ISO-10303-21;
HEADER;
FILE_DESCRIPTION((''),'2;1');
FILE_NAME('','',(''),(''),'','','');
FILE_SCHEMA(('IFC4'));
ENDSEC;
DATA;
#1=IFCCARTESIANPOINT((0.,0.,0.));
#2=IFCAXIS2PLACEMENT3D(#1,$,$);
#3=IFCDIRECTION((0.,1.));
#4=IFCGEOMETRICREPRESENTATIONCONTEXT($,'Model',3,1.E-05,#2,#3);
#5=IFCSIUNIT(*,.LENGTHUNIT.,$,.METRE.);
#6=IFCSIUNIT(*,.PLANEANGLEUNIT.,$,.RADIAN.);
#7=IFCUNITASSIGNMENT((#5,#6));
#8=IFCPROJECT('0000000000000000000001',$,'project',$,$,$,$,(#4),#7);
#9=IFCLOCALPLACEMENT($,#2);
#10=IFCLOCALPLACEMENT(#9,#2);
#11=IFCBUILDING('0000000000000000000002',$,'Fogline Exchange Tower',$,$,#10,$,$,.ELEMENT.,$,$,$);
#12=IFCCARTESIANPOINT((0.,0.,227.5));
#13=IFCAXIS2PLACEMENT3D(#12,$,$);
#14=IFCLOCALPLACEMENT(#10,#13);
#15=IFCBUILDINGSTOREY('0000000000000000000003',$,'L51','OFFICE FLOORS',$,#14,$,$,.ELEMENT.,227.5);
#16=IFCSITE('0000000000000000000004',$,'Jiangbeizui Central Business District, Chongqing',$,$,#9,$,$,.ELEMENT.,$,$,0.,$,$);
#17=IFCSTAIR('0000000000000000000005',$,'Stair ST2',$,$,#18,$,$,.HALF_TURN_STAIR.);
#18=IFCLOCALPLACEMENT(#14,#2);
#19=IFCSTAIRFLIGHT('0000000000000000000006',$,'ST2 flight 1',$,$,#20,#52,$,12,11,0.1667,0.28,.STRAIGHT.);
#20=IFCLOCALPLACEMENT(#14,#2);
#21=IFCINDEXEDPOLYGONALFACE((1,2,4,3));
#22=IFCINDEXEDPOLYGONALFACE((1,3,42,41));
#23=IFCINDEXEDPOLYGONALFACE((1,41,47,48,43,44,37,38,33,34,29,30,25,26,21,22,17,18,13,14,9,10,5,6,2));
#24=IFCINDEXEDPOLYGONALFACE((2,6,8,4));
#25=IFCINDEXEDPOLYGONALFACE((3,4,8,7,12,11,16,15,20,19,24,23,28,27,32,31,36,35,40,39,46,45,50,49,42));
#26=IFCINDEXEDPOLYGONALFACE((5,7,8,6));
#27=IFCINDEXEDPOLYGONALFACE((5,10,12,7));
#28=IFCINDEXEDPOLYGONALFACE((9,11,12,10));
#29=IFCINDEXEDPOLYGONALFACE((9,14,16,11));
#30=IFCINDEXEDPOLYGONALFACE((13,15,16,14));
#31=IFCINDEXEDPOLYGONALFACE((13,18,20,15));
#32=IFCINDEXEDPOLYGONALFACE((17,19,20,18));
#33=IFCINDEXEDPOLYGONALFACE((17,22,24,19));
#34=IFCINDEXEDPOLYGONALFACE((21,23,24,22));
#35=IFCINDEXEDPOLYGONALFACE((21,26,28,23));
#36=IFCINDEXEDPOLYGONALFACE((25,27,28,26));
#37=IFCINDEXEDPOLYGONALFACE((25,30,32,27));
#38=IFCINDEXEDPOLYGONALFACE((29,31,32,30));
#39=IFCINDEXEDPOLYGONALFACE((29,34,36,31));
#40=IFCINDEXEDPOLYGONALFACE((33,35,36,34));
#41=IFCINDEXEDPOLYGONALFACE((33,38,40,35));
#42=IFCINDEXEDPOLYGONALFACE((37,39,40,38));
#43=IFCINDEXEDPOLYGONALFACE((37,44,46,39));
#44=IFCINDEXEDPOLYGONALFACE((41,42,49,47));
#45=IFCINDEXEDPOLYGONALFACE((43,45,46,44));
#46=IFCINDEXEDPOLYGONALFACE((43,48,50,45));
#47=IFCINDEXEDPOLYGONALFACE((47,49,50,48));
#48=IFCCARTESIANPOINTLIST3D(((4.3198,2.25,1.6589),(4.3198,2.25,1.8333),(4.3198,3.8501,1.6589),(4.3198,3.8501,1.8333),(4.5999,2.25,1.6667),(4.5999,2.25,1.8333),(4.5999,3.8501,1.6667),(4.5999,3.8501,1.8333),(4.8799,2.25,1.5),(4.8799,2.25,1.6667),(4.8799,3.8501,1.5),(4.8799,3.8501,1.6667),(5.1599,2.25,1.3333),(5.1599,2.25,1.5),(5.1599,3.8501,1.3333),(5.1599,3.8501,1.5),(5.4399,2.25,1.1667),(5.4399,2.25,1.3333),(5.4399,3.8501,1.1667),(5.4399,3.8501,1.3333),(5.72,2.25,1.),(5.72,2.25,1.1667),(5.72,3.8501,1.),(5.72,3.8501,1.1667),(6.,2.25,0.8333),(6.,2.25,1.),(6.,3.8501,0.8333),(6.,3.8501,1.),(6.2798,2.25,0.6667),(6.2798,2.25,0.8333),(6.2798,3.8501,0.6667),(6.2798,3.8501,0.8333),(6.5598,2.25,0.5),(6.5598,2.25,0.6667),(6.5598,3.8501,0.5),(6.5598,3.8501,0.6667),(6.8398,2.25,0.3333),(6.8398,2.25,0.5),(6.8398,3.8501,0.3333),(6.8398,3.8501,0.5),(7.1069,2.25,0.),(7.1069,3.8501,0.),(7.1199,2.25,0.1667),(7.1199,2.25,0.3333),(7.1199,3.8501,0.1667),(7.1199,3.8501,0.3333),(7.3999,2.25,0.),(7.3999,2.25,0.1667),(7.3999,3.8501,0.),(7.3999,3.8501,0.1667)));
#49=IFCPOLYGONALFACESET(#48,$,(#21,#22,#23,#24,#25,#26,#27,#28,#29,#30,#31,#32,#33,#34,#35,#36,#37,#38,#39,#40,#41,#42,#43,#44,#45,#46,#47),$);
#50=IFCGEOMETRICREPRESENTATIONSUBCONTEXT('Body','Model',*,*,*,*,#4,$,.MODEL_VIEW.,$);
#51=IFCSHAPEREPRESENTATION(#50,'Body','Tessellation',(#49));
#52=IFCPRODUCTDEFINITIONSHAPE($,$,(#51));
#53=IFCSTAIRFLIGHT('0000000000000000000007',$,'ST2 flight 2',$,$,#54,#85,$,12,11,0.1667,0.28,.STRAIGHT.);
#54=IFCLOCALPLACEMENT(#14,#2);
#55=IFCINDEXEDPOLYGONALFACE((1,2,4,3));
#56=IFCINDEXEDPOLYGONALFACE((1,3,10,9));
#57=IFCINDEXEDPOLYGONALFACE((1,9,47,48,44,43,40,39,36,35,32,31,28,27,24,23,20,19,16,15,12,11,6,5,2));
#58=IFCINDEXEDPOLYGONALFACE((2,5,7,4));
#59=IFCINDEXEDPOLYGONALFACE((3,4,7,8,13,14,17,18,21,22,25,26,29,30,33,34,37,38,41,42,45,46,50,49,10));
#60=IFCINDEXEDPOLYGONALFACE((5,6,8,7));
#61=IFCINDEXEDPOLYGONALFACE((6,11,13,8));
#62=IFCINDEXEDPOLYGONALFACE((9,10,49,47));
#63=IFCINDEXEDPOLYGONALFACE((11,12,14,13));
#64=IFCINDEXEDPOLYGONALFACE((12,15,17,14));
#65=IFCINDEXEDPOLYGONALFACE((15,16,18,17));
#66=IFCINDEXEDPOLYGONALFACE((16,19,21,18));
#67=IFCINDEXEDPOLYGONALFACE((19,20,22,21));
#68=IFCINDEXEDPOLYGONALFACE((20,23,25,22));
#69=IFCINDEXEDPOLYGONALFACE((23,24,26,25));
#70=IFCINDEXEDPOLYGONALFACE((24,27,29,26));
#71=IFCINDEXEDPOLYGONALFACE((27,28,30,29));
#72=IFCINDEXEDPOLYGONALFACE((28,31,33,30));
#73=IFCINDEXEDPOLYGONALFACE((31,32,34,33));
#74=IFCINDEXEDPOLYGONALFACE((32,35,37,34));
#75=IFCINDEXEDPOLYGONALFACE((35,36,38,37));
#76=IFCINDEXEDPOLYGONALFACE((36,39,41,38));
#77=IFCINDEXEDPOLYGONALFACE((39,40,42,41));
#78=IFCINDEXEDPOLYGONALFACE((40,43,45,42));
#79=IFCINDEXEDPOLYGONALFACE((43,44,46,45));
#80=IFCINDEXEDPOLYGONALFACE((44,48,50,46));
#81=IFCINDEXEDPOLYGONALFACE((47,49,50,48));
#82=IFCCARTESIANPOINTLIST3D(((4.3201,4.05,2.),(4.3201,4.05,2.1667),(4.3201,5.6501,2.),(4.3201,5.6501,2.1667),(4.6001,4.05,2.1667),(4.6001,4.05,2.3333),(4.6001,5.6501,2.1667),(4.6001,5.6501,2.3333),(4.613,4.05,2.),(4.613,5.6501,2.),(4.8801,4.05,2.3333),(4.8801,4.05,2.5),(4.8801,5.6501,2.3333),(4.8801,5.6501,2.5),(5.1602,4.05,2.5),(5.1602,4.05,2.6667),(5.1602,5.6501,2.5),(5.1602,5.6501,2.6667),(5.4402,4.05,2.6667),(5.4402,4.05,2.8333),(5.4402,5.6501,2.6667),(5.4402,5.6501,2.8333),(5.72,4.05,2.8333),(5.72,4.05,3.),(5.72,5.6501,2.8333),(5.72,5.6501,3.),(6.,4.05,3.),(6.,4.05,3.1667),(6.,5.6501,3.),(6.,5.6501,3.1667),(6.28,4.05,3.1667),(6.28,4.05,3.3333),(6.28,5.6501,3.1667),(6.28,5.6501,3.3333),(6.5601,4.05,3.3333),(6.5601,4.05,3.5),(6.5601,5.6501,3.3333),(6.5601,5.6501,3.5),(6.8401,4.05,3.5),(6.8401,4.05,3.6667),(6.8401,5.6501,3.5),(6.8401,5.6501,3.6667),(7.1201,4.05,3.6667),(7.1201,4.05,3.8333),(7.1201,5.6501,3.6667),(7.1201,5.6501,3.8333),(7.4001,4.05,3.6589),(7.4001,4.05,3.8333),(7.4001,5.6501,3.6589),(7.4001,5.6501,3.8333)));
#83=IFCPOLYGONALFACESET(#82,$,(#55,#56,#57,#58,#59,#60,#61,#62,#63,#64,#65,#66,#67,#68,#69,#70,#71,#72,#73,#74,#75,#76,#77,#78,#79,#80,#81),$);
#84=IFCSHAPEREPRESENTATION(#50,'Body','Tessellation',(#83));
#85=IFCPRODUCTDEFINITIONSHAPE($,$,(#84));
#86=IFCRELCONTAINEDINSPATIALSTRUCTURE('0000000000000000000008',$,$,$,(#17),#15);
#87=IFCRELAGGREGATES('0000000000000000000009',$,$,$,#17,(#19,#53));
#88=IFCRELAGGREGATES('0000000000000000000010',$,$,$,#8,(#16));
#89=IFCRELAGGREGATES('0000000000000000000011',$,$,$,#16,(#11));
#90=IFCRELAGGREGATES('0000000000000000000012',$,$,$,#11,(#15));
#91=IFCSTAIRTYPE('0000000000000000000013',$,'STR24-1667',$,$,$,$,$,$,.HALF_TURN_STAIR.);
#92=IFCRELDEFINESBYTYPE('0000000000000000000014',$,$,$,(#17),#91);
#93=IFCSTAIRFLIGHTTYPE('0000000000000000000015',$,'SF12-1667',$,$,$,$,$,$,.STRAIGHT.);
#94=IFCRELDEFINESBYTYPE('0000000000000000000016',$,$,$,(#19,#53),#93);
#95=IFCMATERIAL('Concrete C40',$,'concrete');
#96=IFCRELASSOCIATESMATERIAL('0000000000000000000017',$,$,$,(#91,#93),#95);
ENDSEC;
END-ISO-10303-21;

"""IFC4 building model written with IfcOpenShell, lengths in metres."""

from ifc_helpers import new_model, si_unit, direction, frame, origin, place, context, subcontext, project, spatial, polyline, outline, extrude, material, type_object, element, aggregate, save


model = new_model("IFC4")

# Units and contexts
model_context = context("Model", 3, precision=1e-05, world=origin(), true_north=direction((0.0, 1.0)))
body_context = subcontext(model_context, "Body", "Model", "MODEL_VIEW")
ifc_project = project(units=[si_unit("LENGTHUNIT", "METRE"), si_unit("PLANEANGLEUNIT", "RADIAN")], contexts=[model_context])

# Site, building, storey
site_placement = place(None, origin())
site = spatial("IfcSite", under=ifc_project, at=site_placement, Name="Jiangbeizui Central Business District, Chongqing", CompositionType="ELEMENT", RefElevation=0.0)
building_placement = place(site_placement, origin())
building = spatial("IfcBuilding", under=site, at=building_placement, Name="Fogline Exchange Tower", CompositionType="ELEMENT")
storey_placement = place(building_placement, frame((0.0, 0.0, 227.5)))
storey = spatial("IfcBuildingStorey", under=building, at=storey_placement, Name="L51", Description="OFFICE FLOORS", CompositionType="ELEMENT", Elevation=227.5)

# Shared definitions
ifc_material_1 = material(Name="Concrete C40", Category="concrete")

# Stair
stair_type = type_object("IfcStairType", Name="STR24-1667", PredefinedType="HALF_TURN_STAIR", material=ifc_material_1)
stair_1_placement = place(storey_placement, origin())
stair_1 = element("IfcStair", 1, at=stair_1_placement, inside=storey, type_object=stair_type, Name="Stair ST2", PredefinedType="HALF_TURN_STAIR")

# Stair flights
stair_flight_type = type_object("IfcStairFlightType", Name="SF12-1667", PredefinedType="STRAIGHT", material=ifc_material_1)
stair_flight_1_placement = place(storey_placement, frame((7.3999, 3.05, 0.0), z_axis=(0.0, 0.0, 1.0), x_axis=(-1.0, 0.0, 0.0)))
stair_flight_1 = element("IfcStairFlight", 2, at=stair_flight_1_placement, type_object=stair_flight_type, Name="ST2 flight 1", NumberOfRisers=12, NumberOfTreads=11, PredefinedType="STRAIGHT", RiserHeight=0.1667, TreadLength=0.28, context=body_context, shape_type="SweptSolid", body=[
    extrude(outline(polyline([(0.0, 0.0), (0.0, 0.1667), (0.28, 0.1667), (0.28, 0.3333), (0.5601, 0.3333), (0.5601, 0.5), (0.8401, 0.5), (0.8401, 0.6667), (1.1201, 0.6667), (1.1201, 0.8333), (1.3999, 0.8333), (1.3999, 1.0), (1.6799, 1.0), (1.6799, 1.1667), (1.96, 1.1667), (1.96, 1.3333), (2.24, 1.3333), (2.24, 1.5), (2.52, 1.5), (2.52, 1.6667), (2.8, 1.6667), (2.8, 1.8333), (3.0801, 1.8333), (3.0801, 2.0), (3.0801, 1.6589), (0.293, 0.0), (0.0, 0.0)])), frame((0.0, 0.8, 0.0), z_axis=(0.0, -1.0, 0.0), x_axis=(1.0, 0.0, 0.0)), (0.0, 0.0, 1.0), 1.6001),
])
stair_flight_2_placement = place(storey_placement, frame((4.3201, 4.8501, 2.0), z_axis=(0.0, 0.0, 1.0), x_axis=(1.0, 0.0, 0.0)))
stair_flight_2 = element("IfcStairFlight", 3, at=stair_flight_2_placement, type_object=stair_flight_type, Name="ST2 flight 2", NumberOfRisers=12, NumberOfTreads=11, PredefinedType="STRAIGHT", RiserHeight=0.1667, TreadLength=0.28, context=body_context, shape_type="SweptSolid", body=[
    extrude(outline(polyline([(0.0, 0.0), (0.0, 0.1667), (0.28, 0.1667), (0.28, 0.3333), (0.5601, 0.3333), (0.5601, 0.5), (0.8401, 0.5), (0.8401, 0.6667), (1.1201, 0.6667), (1.1201, 0.8333), (1.3999, 0.8333), (1.3999, 1.0), (1.6799, 1.0), (1.6799, 1.1667), (1.96, 1.1667), (1.96, 1.3333), (2.24, 1.3333), (2.24, 1.5), (2.52, 1.5), (2.52, 1.6667), (2.8, 1.6667), (2.8, 1.8333), (3.0801, 1.8333), (3.0801, 2.0), (3.0801, 1.6589), (0.293, 0.0), (0.0, 0.0)])), frame((0.0, 0.8, 0.0), z_axis=(0.0, -1.0, 0.0), x_axis=(1.0, 0.0, 0.0)), (0.0, 0.0, 1.0), 1.6001),
])
aggregate(stair_1, [stair_flight_1, stair_flight_2])

save(model, "model.ifc")
